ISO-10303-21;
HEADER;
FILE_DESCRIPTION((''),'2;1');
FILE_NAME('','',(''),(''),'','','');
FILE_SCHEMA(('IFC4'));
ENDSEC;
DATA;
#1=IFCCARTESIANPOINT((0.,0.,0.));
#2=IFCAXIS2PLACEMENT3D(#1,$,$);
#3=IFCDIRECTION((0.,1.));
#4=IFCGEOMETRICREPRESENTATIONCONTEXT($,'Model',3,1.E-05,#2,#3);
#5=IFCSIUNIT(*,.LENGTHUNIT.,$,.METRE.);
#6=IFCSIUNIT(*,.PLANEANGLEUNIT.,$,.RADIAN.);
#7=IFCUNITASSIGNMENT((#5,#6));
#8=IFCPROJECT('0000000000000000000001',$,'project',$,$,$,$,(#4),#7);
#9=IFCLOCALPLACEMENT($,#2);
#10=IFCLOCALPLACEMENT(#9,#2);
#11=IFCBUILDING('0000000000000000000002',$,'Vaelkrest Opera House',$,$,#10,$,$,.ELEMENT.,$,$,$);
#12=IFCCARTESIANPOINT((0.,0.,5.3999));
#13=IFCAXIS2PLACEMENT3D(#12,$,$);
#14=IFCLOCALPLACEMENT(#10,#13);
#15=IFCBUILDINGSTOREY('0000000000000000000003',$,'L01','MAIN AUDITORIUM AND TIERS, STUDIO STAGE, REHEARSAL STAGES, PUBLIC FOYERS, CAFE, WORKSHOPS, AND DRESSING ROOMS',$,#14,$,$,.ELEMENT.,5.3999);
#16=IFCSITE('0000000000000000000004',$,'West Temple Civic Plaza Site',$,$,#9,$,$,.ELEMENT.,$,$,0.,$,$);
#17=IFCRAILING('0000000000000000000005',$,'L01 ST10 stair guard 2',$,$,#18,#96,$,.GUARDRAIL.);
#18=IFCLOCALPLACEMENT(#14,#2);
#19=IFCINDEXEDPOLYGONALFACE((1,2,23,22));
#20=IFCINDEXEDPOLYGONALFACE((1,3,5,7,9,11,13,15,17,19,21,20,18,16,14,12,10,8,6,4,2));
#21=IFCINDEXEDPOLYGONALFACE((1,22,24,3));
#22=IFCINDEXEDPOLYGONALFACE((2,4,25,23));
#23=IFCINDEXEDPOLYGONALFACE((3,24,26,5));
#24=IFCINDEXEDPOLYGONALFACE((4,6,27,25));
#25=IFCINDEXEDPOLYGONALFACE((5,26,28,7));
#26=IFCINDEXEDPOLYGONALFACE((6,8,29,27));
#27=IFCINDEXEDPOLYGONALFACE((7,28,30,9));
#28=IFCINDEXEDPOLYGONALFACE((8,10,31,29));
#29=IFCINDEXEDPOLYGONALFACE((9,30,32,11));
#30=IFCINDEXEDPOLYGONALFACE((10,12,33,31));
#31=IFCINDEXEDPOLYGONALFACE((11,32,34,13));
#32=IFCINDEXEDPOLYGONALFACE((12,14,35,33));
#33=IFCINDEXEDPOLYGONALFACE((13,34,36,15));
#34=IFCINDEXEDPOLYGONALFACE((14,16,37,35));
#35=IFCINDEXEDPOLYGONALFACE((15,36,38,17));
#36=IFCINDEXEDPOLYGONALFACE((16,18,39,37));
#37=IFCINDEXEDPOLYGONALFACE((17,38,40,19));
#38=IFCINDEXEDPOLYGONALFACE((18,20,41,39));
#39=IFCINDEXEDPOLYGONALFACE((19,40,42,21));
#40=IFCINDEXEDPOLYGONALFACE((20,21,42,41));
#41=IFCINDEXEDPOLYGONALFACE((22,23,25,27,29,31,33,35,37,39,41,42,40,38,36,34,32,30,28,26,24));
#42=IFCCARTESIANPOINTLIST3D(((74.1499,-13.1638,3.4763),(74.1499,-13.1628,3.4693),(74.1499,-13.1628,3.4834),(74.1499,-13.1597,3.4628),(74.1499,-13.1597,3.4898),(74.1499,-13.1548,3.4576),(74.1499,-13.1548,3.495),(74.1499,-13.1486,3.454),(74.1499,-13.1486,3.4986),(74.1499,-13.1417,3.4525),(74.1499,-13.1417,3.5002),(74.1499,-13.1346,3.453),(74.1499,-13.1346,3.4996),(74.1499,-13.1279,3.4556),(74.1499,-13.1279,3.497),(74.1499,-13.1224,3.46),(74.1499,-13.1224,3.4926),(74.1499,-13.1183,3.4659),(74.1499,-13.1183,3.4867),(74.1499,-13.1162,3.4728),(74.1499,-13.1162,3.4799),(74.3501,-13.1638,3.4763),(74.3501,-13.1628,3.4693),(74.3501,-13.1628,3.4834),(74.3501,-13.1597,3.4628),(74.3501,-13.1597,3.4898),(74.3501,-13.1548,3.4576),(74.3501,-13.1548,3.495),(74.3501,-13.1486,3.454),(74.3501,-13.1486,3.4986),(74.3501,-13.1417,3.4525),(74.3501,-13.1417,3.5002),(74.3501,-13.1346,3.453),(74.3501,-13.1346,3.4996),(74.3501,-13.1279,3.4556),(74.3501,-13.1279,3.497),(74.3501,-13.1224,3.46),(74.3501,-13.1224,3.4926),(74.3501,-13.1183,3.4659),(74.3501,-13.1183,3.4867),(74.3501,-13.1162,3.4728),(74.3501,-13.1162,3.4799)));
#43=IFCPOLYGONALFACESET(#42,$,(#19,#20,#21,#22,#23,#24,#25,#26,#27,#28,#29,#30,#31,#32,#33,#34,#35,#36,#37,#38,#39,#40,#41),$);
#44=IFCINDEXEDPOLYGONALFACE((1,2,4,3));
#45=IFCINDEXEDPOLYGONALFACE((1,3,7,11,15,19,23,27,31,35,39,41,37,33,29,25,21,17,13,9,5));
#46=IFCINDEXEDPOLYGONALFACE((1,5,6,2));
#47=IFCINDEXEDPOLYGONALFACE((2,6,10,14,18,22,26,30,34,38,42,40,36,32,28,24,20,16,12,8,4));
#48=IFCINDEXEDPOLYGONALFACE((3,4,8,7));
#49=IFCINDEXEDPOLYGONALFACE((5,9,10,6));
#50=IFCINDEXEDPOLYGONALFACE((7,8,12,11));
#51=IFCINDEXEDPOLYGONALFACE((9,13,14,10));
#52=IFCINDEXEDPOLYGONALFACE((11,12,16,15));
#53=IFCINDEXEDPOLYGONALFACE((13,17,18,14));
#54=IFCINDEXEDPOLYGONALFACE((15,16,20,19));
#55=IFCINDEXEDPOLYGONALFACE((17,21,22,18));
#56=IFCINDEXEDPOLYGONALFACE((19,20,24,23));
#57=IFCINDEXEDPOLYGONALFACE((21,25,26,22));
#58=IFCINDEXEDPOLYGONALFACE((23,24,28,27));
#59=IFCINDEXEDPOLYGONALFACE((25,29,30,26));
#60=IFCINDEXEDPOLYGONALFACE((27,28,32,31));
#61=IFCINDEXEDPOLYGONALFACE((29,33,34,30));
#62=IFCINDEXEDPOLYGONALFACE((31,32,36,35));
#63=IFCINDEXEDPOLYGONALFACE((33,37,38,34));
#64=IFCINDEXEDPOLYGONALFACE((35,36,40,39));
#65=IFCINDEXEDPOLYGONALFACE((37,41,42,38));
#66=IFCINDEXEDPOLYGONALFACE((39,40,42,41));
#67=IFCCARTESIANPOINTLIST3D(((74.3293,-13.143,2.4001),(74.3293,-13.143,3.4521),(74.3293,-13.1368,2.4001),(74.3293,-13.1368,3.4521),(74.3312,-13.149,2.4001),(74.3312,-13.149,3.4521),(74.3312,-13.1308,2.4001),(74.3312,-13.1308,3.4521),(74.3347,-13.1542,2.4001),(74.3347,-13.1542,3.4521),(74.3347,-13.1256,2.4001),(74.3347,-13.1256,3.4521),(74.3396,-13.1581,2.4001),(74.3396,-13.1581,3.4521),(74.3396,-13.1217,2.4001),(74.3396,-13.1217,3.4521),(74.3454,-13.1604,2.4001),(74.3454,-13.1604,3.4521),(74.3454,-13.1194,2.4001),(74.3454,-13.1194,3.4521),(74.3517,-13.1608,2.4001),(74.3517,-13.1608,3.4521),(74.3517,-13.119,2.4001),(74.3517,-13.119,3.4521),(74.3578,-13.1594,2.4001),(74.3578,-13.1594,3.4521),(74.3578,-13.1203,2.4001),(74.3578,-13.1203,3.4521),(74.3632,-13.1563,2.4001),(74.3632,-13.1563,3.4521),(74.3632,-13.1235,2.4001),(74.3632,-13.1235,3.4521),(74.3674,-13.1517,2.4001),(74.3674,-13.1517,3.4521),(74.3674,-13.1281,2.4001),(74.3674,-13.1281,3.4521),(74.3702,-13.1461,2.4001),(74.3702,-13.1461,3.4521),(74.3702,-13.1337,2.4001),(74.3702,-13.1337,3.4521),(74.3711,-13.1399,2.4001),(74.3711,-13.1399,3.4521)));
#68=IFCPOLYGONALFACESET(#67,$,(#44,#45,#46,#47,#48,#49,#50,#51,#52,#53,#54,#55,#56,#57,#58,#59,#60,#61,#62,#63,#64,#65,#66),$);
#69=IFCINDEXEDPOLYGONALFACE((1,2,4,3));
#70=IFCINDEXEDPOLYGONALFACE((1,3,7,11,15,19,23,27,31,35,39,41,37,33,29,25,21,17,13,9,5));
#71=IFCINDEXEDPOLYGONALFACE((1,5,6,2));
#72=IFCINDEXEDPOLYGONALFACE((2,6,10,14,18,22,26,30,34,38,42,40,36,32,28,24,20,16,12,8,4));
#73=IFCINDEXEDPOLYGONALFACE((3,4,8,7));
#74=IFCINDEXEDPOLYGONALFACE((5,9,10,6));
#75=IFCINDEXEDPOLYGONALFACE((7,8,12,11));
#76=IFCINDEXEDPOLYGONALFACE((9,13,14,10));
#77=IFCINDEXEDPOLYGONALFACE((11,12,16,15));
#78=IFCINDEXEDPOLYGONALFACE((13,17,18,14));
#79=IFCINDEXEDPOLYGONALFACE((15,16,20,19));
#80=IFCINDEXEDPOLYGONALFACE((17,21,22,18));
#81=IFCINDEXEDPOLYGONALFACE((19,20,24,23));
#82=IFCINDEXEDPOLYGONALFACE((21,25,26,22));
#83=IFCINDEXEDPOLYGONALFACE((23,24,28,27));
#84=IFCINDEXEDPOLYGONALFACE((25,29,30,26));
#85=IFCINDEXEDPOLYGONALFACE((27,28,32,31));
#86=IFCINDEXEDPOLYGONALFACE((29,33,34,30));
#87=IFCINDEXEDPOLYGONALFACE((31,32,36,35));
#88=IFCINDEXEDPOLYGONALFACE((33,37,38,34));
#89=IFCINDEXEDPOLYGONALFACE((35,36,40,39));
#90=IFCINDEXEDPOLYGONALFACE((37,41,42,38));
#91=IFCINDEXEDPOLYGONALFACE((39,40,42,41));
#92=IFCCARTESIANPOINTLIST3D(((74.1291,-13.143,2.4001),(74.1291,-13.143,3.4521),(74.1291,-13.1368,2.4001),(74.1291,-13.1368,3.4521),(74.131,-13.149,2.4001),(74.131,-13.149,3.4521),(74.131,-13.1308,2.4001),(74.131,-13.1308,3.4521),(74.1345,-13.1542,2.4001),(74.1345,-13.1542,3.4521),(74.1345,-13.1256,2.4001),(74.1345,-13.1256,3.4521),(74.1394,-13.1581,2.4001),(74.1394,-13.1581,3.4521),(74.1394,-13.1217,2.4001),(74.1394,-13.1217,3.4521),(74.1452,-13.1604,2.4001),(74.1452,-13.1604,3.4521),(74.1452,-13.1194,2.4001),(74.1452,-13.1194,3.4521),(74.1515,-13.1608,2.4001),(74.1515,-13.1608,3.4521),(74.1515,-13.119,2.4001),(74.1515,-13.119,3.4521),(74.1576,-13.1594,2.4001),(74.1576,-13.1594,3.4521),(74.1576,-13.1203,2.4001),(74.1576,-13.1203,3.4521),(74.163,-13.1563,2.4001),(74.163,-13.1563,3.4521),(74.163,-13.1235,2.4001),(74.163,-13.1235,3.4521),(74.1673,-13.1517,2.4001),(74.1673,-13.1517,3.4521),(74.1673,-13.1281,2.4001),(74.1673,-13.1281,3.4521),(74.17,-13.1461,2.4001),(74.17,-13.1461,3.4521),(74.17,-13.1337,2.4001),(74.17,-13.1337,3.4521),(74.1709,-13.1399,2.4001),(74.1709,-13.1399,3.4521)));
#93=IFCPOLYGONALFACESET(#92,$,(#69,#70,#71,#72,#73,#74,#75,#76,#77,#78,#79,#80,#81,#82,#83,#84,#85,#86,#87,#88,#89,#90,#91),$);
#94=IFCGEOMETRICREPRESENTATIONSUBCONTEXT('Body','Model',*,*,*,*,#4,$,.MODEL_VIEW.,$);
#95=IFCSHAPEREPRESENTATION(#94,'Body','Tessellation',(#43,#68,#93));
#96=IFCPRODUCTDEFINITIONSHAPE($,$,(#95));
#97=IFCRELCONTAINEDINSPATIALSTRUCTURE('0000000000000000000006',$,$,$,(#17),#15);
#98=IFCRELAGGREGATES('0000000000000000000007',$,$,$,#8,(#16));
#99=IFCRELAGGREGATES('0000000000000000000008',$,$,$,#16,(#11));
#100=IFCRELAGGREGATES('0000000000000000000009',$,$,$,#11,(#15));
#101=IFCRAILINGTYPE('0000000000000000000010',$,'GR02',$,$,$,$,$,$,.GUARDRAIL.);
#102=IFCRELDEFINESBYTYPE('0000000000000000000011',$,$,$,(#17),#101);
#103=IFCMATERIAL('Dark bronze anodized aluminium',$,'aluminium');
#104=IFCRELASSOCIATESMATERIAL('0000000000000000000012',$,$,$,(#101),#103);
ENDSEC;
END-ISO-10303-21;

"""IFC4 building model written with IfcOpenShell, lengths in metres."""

from ifc_helpers import new_model, si_unit, direction, frame, origin, origin_2d, place, context, subcontext, project, spatial, circle, extrude, material, type_object, element, save


model = new_model("IFC4")

# Units and contexts
model_context = context("Model", 3, precision=1e-05, world=origin(), true_north=direction((0.0, 1.0)))
body_context = subcontext(model_context, "Body", "Model", "MODEL_VIEW")
ifc_project = project(units=[si_unit("LENGTHUNIT", "METRE"), si_unit("PLANEANGLEUNIT", "RADIAN")], contexts=[model_context])

# Site, building, storey
site_placement = place(None, origin())
site = spatial("IfcSite", under=ifc_project, at=site_placement, Name="West Temple Civic Plaza Site", CompositionType="ELEMENT", RefElevation=0.0)
building_placement = place(site_placement, origin())
building = spatial("IfcBuilding", under=site, at=building_placement, Name="Vaelkrest Opera House", CompositionType="ELEMENT")
storey_placement = place(building_placement, frame((0.0, 0.0, 5.3999)))
storey = spatial("IfcBuildingStorey", under=building, at=storey_placement, Name="L01", Description="MAIN AUDITORIUM AND TIERS, STUDIO STAGE, REHEARSAL STAGES, PUBLIC FOYERS, CAFE, WORKSHOPS, AND DRESSING ROOMS", CompositionType="ELEMENT", Elevation=5.3999)

# Railing
ifc_material_1 = material(Name="Dark bronze anodized aluminium", Category="aluminium")
railing_type_1 = type_object("IfcRailingType", Name="GR02", PredefinedType="GUARDRAIL", material=ifc_material_1)
railing_1_placement = place(storey_placement, frame((74.3501, -13.1399, 2.4001)))
element("IfcRailing", 1, at=railing_1_placement, inside=storey, type_object=railing_type_1, Name="L01 ST10 stair guard 2", PredefinedType="GUARDRAIL", context=body_context, shape_type="SweptSolid", body=[
    extrude(circle(Radius=0.0239, at=origin_2d()), frame((0.0, 0.0, 1.0762), z_axis=(-1.0, 0.0, 0.0), x_axis=(0.0, -1.0, 0.0)), (0.0, 0.0, 1.0), 0.2002),
    extrude(circle(Radius=0.021, at=origin_2d()), origin(), (0.0, 0.0, 1.0), 1.052),
    extrude(circle(Radius=0.021, at=origin_2d()), frame((-0.2002, 0.0, 0.0)), (0.0, 0.0, 1.0), 1.052),
])

save(model, "model.ifc")
